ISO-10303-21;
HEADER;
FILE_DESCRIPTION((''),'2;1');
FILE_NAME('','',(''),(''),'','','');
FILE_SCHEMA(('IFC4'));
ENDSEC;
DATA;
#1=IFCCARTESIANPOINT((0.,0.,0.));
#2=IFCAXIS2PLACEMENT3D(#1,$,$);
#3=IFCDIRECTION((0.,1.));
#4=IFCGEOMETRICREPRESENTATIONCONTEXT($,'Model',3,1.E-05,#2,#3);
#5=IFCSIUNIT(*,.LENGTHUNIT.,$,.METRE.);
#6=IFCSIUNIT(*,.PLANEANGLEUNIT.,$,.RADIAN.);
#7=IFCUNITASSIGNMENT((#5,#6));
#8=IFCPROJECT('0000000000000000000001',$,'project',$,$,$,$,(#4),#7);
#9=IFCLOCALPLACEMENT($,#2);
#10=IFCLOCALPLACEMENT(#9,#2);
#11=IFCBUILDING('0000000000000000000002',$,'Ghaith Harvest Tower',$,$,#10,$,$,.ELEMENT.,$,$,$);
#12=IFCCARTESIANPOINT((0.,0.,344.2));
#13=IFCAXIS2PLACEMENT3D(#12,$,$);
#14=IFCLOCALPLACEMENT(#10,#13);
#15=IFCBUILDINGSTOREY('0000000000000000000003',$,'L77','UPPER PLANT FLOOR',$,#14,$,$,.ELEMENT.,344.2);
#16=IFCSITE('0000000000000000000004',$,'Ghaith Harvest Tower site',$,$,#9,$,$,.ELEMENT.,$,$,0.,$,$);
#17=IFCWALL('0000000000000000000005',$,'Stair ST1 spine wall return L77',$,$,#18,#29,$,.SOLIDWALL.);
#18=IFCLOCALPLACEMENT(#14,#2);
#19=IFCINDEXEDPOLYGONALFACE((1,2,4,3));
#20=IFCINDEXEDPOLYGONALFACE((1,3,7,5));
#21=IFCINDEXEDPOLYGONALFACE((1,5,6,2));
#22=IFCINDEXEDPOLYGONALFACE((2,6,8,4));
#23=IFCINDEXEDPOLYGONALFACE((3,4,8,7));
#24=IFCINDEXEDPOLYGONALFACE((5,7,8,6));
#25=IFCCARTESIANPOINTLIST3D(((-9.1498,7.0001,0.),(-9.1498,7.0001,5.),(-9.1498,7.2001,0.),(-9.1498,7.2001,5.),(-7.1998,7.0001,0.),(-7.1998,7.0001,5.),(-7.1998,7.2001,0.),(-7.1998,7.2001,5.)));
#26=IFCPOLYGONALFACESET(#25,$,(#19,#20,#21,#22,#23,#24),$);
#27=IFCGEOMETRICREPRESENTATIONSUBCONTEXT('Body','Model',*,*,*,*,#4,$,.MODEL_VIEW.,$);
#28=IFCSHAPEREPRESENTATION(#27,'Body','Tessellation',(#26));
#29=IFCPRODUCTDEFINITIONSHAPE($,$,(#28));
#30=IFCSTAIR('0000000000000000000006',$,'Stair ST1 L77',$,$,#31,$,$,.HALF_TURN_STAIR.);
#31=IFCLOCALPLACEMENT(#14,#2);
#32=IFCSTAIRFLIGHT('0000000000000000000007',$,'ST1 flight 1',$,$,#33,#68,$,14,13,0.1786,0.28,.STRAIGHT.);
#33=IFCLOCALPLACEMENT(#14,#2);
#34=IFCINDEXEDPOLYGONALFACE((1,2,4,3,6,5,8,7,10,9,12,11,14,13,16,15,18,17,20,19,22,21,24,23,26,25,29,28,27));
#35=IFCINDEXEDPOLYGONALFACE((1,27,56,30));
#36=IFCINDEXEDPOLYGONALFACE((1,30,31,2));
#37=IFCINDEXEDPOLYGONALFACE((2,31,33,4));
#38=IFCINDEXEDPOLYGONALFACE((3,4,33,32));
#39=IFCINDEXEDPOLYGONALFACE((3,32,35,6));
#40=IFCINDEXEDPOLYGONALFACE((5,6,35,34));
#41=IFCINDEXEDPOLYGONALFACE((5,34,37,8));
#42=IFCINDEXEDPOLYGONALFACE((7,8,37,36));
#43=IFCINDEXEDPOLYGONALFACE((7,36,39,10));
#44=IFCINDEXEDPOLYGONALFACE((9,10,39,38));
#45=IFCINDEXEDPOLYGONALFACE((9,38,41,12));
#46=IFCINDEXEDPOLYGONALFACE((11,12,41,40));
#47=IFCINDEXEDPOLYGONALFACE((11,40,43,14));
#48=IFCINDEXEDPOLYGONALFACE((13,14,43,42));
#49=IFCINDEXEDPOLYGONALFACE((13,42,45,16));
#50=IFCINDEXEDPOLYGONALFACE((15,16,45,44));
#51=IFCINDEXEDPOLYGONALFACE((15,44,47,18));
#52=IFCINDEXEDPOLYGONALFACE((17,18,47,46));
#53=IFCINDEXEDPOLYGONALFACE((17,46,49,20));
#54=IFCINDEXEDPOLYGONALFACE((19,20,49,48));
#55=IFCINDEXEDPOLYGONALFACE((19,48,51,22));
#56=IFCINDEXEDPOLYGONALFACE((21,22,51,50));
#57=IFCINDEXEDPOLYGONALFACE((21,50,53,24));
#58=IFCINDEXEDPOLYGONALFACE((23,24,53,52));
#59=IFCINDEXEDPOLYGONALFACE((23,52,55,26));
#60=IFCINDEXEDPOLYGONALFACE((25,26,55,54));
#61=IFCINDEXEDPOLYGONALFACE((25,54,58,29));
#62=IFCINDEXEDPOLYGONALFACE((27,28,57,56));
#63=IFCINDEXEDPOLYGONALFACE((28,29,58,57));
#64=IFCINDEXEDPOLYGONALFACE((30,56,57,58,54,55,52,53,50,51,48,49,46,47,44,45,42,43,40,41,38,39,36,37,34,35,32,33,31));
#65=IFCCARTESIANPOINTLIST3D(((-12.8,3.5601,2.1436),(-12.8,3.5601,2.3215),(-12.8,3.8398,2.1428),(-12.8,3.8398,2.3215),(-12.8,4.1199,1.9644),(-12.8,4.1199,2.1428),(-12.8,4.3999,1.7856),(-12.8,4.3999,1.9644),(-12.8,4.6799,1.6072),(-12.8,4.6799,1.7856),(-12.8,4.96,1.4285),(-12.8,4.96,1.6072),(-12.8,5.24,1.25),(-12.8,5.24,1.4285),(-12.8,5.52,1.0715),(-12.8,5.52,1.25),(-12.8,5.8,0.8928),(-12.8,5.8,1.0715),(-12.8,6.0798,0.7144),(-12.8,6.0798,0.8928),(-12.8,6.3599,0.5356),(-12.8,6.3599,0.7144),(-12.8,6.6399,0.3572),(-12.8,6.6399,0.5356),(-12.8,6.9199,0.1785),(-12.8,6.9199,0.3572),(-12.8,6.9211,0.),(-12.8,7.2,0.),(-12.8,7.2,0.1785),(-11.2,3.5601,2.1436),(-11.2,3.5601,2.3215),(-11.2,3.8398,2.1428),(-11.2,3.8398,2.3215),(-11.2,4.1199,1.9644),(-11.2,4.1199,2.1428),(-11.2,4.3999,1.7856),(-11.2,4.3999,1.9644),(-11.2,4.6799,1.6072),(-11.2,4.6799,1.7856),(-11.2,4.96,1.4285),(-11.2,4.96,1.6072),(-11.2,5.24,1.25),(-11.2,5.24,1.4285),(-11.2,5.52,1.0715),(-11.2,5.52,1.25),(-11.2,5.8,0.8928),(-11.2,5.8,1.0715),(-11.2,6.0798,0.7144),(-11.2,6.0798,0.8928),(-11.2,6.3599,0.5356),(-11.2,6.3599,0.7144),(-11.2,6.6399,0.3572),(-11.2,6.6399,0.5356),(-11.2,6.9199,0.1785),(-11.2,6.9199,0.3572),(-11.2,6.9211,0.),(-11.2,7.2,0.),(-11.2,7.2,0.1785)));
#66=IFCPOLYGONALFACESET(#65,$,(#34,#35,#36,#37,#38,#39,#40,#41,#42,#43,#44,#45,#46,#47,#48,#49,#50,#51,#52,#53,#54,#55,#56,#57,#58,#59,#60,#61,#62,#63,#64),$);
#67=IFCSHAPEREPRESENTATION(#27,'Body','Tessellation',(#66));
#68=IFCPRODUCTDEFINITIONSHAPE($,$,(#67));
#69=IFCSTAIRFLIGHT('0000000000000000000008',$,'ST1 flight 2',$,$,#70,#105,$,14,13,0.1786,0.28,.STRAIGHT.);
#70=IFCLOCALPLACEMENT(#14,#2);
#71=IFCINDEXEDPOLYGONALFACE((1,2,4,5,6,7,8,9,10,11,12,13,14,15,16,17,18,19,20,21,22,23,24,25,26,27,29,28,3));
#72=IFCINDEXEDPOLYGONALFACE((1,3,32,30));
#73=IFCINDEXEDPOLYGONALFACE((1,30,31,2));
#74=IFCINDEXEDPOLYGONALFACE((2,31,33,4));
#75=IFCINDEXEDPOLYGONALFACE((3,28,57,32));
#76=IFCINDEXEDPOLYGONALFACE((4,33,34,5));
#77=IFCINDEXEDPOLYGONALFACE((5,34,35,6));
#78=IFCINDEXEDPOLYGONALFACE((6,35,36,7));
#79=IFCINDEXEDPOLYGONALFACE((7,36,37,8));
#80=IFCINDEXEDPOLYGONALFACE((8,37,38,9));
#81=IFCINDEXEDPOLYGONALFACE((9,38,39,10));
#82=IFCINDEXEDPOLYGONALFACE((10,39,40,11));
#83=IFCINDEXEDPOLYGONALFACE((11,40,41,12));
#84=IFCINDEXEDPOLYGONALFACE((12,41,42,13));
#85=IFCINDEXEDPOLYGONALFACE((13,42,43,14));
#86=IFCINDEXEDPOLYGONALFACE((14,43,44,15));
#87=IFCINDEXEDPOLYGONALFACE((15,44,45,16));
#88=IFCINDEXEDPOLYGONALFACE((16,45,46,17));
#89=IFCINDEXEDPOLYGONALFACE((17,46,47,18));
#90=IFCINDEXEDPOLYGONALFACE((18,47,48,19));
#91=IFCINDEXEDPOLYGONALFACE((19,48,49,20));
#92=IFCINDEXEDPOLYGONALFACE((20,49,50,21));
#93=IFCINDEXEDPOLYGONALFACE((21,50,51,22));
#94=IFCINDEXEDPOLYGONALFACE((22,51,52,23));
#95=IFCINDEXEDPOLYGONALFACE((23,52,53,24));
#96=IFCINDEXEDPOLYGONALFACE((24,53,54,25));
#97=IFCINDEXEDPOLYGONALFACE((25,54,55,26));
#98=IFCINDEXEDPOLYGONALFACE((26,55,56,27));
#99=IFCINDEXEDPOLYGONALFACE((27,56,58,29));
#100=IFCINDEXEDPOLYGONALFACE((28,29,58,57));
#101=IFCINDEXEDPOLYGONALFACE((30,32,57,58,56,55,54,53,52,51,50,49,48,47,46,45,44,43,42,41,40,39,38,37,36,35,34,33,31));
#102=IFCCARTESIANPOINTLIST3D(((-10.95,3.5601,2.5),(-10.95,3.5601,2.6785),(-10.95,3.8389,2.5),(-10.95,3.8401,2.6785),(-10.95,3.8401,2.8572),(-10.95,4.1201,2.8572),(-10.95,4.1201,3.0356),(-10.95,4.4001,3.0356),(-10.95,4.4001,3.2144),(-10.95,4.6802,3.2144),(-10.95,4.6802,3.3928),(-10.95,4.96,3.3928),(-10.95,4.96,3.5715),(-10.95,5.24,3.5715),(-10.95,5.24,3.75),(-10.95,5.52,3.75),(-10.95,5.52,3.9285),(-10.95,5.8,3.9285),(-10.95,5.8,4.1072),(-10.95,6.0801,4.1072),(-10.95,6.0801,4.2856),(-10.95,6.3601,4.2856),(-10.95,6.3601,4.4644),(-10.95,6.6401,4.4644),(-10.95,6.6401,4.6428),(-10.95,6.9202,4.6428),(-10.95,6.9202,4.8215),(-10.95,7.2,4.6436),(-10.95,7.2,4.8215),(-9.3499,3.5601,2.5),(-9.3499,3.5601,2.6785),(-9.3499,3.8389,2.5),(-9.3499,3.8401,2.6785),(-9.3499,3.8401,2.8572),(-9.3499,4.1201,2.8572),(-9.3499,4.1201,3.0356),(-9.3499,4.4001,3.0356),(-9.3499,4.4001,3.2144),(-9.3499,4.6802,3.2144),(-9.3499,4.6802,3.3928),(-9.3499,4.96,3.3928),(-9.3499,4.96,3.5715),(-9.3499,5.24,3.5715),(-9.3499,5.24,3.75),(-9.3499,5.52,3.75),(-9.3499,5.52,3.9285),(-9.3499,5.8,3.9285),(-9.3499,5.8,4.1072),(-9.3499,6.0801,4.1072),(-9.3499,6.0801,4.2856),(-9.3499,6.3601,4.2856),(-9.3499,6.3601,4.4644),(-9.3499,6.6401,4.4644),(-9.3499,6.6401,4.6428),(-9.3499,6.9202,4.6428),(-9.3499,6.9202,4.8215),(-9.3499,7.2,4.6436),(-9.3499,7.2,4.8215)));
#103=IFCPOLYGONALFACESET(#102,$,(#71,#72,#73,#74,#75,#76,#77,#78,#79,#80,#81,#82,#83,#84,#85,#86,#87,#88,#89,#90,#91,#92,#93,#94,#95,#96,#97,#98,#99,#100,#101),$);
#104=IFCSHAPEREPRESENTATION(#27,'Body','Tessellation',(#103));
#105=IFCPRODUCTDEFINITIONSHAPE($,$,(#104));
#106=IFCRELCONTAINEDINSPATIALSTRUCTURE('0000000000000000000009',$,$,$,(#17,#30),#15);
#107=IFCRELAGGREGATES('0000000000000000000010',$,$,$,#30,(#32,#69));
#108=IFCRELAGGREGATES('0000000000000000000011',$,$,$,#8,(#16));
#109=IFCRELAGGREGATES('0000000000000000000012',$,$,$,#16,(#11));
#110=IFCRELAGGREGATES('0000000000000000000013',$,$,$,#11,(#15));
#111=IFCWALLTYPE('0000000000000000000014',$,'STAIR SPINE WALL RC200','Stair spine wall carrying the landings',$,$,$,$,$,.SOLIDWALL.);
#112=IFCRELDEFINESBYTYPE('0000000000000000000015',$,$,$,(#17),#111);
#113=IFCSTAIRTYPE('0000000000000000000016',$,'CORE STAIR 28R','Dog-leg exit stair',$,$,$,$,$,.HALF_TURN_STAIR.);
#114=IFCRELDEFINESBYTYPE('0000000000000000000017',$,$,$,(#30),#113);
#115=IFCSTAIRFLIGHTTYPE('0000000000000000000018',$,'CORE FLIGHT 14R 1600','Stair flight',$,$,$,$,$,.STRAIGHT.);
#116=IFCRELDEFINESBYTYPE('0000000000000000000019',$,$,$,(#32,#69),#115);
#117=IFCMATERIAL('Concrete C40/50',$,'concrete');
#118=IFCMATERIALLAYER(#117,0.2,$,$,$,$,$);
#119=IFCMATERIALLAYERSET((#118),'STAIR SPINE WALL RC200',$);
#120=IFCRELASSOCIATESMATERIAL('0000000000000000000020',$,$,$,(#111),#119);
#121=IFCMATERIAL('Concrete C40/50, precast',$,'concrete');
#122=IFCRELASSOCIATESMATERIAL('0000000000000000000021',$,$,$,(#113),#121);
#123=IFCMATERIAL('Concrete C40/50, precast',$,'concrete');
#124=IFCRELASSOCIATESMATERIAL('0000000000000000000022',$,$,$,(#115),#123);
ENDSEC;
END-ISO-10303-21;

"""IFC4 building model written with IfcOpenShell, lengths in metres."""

from ifc_helpers import new_model, si_unit, direction, frame, frame_2d, origin, place, context, subcontext, project, spatial, polyline, rectangle, outline, extrude, material, layer, layer_set, type_object, element, aggregate, save


model = new_model("IFC4")

# Units and contexts
model_context = context("Model", 3, precision=1e-05, world=origin(), true_north=direction((0.0, 1.0)))
body_context = subcontext(model_context, "Body", "Model", "MODEL_VIEW")
ifc_project = project(units=[si_unit("LENGTHUNIT", "METRE"), si_unit("PLANEANGLEUNIT", "RADIAN")], contexts=[model_context])

# Site, building, storey
site_placement = place(None, origin())
site = spatial("IfcSite", under=ifc_project, at=site_placement, Name="Ghaith Harvest Tower site", CompositionType="ELEMENT", RefElevation=0.0)
building_placement = place(site_placement, origin())
building = spatial("IfcBuilding", under=site, at=building_placement, Name="Ghaith Harvest Tower", CompositionType="ELEMENT")
storey_placement = place(building_placement, frame((0.0, 0.0, 344.2)))
storey = spatial("IfcBuildingStorey", under=building, at=storey_placement, Name="L77", Description="UPPER PLANT FLOOR", CompositionType="ELEMENT", Elevation=344.2)

# Wall
ifc_material_1 = material(Name="Concrete C40/50", Category="concrete")
ifc_layer_1 = layer(ifc_material_1, 0.2)
ifc_layer_set_1 = layer_set([ifc_layer_1], Name="STAIR SPINE WALL RC200")
wall_type_1 = type_object("IfcWallType", Name="STAIR SPINE WALL RC200", Description="Stair spine wall carrying the landings", PredefinedType="SOLIDWALL", material=ifc_layer_set_1)
wall_1_placement = place(storey_placement, frame((-9.1499, 7.1001, 0.0), z_axis=(0.0, 0.0, 1.0), x_axis=(1.0, 0.0, 0.0)))
element("IfcWall", 1, at=wall_1_placement, inside=storey, type_object=wall_type_1, Name="Stair ST1 spine wall return L77", PredefinedType="SOLIDWALL", context=body_context, shape_type="SweptSolid", body=[
    extrude(rectangle(XDim=1.95, YDim=0.2, at=frame_2d((0.9751, 0.0))), origin(), (0.0, 0.0, 1.0), 5.0),
])

# Stair, stair flights
ifc_material_2 = material(Name="Concrete C40/50, precast", Category="concrete")
stair_type = type_object("IfcStairType", Name="CORE STAIR 28R", Description="Dog-leg exit stair", PredefinedType="HALF_TURN_STAIR", material=ifc_material_2)
stair_placement = place(storey_placement, origin())
stair = element("IfcStair", 2, at=stair_placement, inside=storey, type_object=stair_type, Name="Stair ST1 L77", PredefinedType="HALF_TURN_STAIR")
ifc_material_3 = material(Name="Concrete C40/50, precast", Category="concrete")
stair_flight_type = type_object("IfcStairFlightType", Name="CORE FLIGHT 14R 1600", Description="Stair flight", PredefinedType="STRAIGHT", material=ifc_material_3)
stair_flight_1_placement = place(storey_placement, frame((-12.0, 7.2, 0.0), z_axis=(0.0, 0.0, 1.0), x_axis=(0.0, -1.0, 0.0)))
stair_flight_1 = element("IfcStairFlight", 3, at=stair_flight_1_placement, type_object=stair_flight_type, Name="ST1 flight 1", NumberOfRisers=14, NumberOfTreads=13, PredefinedType="STRAIGHT", RiserHeight=0.1786, TreadLength=0.28, context=body_context, shape_type="SweptSolid", body=[
    extrude(outline(polyline([(0.0, 0.0), (0.0, 0.1785), (0.28, 0.1785), (0.28, 0.3572), (0.5601, 0.3572), (0.5601, 0.5356), (0.8401, 0.5356), (0.8401, 0.7144), (1.1201, 0.7144), (1.1201, 0.8928), (1.3999, 0.8928), (1.3999, 1.0715), (1.6799, 1.0715), (1.6799, 1.25), (1.96, 1.25), (1.96, 1.4285), (2.24, 1.4285), (2.24, 1.6072), (2.52, 1.6072), (2.52, 1.7856), (2.8, 1.7856), (2.8, 1.9644), (3.0801, 1.9644), (3.0801, 2.1428), (3.3601, 2.1428), (3.3601, 2.3215), (3.6399, 2.3215), (3.6399, 2.5), (3.6399, 2.1436), (0.2788, 0.0), (0.0, 0.0)])), frame((0.0, 0.8, 0.0), z_axis=(0.0, -1.0, 0.0), x_axis=(1.0, 0.0, 0.0)), (0.0, 0.0, 1.0), 1.6001),
])
stair_flight_2_placement = place(storey_placement, frame((-10.1499, 3.5601, 2.5), z_axis=(0.0, 0.0, 1.0), x_axis=(0.0, 1.0, 0.0)))
stair_flight_2 = element("IfcStairFlight", 4, at=stair_flight_2_placement, type_object=stair_flight_type, Name="ST1 flight 2", NumberOfRisers=14, NumberOfTreads=13, PredefinedType="STRAIGHT", RiserHeight=0.1786, TreadLength=0.28, context=body_context, shape_type="SweptSolid", body=[
    extrude(outline(polyline([(0.0, 0.0), (0.0, 0.1785), (0.28, 0.1785), (0.28, 0.3572), (0.5601, 0.3572), (0.5601, 0.5356), (0.8401, 0.5356), (0.8401, 0.7144), (1.1201, 0.7144), (1.1201, 0.8928), (1.3999, 0.8928), (1.3999, 1.0715), (1.6799, 1.0715), (1.6799, 1.25), (1.96, 1.25), (1.96, 1.4285), (2.24, 1.4285), (2.24, 1.6072), (2.52, 1.6072), (2.52, 1.7856), (2.8, 1.7856), (2.8, 1.9644), (3.0801, 1.9644), (3.0801, 2.1428), (3.3601, 2.1428), (3.3601, 2.3215), (3.6399, 2.3215), (3.6399, 2.5), (3.6399, 2.1436), (0.2788, 0.0), (0.0, 0.0)])), frame((0.0, 0.8, 0.0), z_axis=(0.0, -1.0, 0.0), x_axis=(1.0, 0.0, 0.0)), (0.0, 0.0, 1.0), 1.6001),
])
aggregate(stair, [stair_flight_1, stair_flight_2])

save(model, "model.ifc")
